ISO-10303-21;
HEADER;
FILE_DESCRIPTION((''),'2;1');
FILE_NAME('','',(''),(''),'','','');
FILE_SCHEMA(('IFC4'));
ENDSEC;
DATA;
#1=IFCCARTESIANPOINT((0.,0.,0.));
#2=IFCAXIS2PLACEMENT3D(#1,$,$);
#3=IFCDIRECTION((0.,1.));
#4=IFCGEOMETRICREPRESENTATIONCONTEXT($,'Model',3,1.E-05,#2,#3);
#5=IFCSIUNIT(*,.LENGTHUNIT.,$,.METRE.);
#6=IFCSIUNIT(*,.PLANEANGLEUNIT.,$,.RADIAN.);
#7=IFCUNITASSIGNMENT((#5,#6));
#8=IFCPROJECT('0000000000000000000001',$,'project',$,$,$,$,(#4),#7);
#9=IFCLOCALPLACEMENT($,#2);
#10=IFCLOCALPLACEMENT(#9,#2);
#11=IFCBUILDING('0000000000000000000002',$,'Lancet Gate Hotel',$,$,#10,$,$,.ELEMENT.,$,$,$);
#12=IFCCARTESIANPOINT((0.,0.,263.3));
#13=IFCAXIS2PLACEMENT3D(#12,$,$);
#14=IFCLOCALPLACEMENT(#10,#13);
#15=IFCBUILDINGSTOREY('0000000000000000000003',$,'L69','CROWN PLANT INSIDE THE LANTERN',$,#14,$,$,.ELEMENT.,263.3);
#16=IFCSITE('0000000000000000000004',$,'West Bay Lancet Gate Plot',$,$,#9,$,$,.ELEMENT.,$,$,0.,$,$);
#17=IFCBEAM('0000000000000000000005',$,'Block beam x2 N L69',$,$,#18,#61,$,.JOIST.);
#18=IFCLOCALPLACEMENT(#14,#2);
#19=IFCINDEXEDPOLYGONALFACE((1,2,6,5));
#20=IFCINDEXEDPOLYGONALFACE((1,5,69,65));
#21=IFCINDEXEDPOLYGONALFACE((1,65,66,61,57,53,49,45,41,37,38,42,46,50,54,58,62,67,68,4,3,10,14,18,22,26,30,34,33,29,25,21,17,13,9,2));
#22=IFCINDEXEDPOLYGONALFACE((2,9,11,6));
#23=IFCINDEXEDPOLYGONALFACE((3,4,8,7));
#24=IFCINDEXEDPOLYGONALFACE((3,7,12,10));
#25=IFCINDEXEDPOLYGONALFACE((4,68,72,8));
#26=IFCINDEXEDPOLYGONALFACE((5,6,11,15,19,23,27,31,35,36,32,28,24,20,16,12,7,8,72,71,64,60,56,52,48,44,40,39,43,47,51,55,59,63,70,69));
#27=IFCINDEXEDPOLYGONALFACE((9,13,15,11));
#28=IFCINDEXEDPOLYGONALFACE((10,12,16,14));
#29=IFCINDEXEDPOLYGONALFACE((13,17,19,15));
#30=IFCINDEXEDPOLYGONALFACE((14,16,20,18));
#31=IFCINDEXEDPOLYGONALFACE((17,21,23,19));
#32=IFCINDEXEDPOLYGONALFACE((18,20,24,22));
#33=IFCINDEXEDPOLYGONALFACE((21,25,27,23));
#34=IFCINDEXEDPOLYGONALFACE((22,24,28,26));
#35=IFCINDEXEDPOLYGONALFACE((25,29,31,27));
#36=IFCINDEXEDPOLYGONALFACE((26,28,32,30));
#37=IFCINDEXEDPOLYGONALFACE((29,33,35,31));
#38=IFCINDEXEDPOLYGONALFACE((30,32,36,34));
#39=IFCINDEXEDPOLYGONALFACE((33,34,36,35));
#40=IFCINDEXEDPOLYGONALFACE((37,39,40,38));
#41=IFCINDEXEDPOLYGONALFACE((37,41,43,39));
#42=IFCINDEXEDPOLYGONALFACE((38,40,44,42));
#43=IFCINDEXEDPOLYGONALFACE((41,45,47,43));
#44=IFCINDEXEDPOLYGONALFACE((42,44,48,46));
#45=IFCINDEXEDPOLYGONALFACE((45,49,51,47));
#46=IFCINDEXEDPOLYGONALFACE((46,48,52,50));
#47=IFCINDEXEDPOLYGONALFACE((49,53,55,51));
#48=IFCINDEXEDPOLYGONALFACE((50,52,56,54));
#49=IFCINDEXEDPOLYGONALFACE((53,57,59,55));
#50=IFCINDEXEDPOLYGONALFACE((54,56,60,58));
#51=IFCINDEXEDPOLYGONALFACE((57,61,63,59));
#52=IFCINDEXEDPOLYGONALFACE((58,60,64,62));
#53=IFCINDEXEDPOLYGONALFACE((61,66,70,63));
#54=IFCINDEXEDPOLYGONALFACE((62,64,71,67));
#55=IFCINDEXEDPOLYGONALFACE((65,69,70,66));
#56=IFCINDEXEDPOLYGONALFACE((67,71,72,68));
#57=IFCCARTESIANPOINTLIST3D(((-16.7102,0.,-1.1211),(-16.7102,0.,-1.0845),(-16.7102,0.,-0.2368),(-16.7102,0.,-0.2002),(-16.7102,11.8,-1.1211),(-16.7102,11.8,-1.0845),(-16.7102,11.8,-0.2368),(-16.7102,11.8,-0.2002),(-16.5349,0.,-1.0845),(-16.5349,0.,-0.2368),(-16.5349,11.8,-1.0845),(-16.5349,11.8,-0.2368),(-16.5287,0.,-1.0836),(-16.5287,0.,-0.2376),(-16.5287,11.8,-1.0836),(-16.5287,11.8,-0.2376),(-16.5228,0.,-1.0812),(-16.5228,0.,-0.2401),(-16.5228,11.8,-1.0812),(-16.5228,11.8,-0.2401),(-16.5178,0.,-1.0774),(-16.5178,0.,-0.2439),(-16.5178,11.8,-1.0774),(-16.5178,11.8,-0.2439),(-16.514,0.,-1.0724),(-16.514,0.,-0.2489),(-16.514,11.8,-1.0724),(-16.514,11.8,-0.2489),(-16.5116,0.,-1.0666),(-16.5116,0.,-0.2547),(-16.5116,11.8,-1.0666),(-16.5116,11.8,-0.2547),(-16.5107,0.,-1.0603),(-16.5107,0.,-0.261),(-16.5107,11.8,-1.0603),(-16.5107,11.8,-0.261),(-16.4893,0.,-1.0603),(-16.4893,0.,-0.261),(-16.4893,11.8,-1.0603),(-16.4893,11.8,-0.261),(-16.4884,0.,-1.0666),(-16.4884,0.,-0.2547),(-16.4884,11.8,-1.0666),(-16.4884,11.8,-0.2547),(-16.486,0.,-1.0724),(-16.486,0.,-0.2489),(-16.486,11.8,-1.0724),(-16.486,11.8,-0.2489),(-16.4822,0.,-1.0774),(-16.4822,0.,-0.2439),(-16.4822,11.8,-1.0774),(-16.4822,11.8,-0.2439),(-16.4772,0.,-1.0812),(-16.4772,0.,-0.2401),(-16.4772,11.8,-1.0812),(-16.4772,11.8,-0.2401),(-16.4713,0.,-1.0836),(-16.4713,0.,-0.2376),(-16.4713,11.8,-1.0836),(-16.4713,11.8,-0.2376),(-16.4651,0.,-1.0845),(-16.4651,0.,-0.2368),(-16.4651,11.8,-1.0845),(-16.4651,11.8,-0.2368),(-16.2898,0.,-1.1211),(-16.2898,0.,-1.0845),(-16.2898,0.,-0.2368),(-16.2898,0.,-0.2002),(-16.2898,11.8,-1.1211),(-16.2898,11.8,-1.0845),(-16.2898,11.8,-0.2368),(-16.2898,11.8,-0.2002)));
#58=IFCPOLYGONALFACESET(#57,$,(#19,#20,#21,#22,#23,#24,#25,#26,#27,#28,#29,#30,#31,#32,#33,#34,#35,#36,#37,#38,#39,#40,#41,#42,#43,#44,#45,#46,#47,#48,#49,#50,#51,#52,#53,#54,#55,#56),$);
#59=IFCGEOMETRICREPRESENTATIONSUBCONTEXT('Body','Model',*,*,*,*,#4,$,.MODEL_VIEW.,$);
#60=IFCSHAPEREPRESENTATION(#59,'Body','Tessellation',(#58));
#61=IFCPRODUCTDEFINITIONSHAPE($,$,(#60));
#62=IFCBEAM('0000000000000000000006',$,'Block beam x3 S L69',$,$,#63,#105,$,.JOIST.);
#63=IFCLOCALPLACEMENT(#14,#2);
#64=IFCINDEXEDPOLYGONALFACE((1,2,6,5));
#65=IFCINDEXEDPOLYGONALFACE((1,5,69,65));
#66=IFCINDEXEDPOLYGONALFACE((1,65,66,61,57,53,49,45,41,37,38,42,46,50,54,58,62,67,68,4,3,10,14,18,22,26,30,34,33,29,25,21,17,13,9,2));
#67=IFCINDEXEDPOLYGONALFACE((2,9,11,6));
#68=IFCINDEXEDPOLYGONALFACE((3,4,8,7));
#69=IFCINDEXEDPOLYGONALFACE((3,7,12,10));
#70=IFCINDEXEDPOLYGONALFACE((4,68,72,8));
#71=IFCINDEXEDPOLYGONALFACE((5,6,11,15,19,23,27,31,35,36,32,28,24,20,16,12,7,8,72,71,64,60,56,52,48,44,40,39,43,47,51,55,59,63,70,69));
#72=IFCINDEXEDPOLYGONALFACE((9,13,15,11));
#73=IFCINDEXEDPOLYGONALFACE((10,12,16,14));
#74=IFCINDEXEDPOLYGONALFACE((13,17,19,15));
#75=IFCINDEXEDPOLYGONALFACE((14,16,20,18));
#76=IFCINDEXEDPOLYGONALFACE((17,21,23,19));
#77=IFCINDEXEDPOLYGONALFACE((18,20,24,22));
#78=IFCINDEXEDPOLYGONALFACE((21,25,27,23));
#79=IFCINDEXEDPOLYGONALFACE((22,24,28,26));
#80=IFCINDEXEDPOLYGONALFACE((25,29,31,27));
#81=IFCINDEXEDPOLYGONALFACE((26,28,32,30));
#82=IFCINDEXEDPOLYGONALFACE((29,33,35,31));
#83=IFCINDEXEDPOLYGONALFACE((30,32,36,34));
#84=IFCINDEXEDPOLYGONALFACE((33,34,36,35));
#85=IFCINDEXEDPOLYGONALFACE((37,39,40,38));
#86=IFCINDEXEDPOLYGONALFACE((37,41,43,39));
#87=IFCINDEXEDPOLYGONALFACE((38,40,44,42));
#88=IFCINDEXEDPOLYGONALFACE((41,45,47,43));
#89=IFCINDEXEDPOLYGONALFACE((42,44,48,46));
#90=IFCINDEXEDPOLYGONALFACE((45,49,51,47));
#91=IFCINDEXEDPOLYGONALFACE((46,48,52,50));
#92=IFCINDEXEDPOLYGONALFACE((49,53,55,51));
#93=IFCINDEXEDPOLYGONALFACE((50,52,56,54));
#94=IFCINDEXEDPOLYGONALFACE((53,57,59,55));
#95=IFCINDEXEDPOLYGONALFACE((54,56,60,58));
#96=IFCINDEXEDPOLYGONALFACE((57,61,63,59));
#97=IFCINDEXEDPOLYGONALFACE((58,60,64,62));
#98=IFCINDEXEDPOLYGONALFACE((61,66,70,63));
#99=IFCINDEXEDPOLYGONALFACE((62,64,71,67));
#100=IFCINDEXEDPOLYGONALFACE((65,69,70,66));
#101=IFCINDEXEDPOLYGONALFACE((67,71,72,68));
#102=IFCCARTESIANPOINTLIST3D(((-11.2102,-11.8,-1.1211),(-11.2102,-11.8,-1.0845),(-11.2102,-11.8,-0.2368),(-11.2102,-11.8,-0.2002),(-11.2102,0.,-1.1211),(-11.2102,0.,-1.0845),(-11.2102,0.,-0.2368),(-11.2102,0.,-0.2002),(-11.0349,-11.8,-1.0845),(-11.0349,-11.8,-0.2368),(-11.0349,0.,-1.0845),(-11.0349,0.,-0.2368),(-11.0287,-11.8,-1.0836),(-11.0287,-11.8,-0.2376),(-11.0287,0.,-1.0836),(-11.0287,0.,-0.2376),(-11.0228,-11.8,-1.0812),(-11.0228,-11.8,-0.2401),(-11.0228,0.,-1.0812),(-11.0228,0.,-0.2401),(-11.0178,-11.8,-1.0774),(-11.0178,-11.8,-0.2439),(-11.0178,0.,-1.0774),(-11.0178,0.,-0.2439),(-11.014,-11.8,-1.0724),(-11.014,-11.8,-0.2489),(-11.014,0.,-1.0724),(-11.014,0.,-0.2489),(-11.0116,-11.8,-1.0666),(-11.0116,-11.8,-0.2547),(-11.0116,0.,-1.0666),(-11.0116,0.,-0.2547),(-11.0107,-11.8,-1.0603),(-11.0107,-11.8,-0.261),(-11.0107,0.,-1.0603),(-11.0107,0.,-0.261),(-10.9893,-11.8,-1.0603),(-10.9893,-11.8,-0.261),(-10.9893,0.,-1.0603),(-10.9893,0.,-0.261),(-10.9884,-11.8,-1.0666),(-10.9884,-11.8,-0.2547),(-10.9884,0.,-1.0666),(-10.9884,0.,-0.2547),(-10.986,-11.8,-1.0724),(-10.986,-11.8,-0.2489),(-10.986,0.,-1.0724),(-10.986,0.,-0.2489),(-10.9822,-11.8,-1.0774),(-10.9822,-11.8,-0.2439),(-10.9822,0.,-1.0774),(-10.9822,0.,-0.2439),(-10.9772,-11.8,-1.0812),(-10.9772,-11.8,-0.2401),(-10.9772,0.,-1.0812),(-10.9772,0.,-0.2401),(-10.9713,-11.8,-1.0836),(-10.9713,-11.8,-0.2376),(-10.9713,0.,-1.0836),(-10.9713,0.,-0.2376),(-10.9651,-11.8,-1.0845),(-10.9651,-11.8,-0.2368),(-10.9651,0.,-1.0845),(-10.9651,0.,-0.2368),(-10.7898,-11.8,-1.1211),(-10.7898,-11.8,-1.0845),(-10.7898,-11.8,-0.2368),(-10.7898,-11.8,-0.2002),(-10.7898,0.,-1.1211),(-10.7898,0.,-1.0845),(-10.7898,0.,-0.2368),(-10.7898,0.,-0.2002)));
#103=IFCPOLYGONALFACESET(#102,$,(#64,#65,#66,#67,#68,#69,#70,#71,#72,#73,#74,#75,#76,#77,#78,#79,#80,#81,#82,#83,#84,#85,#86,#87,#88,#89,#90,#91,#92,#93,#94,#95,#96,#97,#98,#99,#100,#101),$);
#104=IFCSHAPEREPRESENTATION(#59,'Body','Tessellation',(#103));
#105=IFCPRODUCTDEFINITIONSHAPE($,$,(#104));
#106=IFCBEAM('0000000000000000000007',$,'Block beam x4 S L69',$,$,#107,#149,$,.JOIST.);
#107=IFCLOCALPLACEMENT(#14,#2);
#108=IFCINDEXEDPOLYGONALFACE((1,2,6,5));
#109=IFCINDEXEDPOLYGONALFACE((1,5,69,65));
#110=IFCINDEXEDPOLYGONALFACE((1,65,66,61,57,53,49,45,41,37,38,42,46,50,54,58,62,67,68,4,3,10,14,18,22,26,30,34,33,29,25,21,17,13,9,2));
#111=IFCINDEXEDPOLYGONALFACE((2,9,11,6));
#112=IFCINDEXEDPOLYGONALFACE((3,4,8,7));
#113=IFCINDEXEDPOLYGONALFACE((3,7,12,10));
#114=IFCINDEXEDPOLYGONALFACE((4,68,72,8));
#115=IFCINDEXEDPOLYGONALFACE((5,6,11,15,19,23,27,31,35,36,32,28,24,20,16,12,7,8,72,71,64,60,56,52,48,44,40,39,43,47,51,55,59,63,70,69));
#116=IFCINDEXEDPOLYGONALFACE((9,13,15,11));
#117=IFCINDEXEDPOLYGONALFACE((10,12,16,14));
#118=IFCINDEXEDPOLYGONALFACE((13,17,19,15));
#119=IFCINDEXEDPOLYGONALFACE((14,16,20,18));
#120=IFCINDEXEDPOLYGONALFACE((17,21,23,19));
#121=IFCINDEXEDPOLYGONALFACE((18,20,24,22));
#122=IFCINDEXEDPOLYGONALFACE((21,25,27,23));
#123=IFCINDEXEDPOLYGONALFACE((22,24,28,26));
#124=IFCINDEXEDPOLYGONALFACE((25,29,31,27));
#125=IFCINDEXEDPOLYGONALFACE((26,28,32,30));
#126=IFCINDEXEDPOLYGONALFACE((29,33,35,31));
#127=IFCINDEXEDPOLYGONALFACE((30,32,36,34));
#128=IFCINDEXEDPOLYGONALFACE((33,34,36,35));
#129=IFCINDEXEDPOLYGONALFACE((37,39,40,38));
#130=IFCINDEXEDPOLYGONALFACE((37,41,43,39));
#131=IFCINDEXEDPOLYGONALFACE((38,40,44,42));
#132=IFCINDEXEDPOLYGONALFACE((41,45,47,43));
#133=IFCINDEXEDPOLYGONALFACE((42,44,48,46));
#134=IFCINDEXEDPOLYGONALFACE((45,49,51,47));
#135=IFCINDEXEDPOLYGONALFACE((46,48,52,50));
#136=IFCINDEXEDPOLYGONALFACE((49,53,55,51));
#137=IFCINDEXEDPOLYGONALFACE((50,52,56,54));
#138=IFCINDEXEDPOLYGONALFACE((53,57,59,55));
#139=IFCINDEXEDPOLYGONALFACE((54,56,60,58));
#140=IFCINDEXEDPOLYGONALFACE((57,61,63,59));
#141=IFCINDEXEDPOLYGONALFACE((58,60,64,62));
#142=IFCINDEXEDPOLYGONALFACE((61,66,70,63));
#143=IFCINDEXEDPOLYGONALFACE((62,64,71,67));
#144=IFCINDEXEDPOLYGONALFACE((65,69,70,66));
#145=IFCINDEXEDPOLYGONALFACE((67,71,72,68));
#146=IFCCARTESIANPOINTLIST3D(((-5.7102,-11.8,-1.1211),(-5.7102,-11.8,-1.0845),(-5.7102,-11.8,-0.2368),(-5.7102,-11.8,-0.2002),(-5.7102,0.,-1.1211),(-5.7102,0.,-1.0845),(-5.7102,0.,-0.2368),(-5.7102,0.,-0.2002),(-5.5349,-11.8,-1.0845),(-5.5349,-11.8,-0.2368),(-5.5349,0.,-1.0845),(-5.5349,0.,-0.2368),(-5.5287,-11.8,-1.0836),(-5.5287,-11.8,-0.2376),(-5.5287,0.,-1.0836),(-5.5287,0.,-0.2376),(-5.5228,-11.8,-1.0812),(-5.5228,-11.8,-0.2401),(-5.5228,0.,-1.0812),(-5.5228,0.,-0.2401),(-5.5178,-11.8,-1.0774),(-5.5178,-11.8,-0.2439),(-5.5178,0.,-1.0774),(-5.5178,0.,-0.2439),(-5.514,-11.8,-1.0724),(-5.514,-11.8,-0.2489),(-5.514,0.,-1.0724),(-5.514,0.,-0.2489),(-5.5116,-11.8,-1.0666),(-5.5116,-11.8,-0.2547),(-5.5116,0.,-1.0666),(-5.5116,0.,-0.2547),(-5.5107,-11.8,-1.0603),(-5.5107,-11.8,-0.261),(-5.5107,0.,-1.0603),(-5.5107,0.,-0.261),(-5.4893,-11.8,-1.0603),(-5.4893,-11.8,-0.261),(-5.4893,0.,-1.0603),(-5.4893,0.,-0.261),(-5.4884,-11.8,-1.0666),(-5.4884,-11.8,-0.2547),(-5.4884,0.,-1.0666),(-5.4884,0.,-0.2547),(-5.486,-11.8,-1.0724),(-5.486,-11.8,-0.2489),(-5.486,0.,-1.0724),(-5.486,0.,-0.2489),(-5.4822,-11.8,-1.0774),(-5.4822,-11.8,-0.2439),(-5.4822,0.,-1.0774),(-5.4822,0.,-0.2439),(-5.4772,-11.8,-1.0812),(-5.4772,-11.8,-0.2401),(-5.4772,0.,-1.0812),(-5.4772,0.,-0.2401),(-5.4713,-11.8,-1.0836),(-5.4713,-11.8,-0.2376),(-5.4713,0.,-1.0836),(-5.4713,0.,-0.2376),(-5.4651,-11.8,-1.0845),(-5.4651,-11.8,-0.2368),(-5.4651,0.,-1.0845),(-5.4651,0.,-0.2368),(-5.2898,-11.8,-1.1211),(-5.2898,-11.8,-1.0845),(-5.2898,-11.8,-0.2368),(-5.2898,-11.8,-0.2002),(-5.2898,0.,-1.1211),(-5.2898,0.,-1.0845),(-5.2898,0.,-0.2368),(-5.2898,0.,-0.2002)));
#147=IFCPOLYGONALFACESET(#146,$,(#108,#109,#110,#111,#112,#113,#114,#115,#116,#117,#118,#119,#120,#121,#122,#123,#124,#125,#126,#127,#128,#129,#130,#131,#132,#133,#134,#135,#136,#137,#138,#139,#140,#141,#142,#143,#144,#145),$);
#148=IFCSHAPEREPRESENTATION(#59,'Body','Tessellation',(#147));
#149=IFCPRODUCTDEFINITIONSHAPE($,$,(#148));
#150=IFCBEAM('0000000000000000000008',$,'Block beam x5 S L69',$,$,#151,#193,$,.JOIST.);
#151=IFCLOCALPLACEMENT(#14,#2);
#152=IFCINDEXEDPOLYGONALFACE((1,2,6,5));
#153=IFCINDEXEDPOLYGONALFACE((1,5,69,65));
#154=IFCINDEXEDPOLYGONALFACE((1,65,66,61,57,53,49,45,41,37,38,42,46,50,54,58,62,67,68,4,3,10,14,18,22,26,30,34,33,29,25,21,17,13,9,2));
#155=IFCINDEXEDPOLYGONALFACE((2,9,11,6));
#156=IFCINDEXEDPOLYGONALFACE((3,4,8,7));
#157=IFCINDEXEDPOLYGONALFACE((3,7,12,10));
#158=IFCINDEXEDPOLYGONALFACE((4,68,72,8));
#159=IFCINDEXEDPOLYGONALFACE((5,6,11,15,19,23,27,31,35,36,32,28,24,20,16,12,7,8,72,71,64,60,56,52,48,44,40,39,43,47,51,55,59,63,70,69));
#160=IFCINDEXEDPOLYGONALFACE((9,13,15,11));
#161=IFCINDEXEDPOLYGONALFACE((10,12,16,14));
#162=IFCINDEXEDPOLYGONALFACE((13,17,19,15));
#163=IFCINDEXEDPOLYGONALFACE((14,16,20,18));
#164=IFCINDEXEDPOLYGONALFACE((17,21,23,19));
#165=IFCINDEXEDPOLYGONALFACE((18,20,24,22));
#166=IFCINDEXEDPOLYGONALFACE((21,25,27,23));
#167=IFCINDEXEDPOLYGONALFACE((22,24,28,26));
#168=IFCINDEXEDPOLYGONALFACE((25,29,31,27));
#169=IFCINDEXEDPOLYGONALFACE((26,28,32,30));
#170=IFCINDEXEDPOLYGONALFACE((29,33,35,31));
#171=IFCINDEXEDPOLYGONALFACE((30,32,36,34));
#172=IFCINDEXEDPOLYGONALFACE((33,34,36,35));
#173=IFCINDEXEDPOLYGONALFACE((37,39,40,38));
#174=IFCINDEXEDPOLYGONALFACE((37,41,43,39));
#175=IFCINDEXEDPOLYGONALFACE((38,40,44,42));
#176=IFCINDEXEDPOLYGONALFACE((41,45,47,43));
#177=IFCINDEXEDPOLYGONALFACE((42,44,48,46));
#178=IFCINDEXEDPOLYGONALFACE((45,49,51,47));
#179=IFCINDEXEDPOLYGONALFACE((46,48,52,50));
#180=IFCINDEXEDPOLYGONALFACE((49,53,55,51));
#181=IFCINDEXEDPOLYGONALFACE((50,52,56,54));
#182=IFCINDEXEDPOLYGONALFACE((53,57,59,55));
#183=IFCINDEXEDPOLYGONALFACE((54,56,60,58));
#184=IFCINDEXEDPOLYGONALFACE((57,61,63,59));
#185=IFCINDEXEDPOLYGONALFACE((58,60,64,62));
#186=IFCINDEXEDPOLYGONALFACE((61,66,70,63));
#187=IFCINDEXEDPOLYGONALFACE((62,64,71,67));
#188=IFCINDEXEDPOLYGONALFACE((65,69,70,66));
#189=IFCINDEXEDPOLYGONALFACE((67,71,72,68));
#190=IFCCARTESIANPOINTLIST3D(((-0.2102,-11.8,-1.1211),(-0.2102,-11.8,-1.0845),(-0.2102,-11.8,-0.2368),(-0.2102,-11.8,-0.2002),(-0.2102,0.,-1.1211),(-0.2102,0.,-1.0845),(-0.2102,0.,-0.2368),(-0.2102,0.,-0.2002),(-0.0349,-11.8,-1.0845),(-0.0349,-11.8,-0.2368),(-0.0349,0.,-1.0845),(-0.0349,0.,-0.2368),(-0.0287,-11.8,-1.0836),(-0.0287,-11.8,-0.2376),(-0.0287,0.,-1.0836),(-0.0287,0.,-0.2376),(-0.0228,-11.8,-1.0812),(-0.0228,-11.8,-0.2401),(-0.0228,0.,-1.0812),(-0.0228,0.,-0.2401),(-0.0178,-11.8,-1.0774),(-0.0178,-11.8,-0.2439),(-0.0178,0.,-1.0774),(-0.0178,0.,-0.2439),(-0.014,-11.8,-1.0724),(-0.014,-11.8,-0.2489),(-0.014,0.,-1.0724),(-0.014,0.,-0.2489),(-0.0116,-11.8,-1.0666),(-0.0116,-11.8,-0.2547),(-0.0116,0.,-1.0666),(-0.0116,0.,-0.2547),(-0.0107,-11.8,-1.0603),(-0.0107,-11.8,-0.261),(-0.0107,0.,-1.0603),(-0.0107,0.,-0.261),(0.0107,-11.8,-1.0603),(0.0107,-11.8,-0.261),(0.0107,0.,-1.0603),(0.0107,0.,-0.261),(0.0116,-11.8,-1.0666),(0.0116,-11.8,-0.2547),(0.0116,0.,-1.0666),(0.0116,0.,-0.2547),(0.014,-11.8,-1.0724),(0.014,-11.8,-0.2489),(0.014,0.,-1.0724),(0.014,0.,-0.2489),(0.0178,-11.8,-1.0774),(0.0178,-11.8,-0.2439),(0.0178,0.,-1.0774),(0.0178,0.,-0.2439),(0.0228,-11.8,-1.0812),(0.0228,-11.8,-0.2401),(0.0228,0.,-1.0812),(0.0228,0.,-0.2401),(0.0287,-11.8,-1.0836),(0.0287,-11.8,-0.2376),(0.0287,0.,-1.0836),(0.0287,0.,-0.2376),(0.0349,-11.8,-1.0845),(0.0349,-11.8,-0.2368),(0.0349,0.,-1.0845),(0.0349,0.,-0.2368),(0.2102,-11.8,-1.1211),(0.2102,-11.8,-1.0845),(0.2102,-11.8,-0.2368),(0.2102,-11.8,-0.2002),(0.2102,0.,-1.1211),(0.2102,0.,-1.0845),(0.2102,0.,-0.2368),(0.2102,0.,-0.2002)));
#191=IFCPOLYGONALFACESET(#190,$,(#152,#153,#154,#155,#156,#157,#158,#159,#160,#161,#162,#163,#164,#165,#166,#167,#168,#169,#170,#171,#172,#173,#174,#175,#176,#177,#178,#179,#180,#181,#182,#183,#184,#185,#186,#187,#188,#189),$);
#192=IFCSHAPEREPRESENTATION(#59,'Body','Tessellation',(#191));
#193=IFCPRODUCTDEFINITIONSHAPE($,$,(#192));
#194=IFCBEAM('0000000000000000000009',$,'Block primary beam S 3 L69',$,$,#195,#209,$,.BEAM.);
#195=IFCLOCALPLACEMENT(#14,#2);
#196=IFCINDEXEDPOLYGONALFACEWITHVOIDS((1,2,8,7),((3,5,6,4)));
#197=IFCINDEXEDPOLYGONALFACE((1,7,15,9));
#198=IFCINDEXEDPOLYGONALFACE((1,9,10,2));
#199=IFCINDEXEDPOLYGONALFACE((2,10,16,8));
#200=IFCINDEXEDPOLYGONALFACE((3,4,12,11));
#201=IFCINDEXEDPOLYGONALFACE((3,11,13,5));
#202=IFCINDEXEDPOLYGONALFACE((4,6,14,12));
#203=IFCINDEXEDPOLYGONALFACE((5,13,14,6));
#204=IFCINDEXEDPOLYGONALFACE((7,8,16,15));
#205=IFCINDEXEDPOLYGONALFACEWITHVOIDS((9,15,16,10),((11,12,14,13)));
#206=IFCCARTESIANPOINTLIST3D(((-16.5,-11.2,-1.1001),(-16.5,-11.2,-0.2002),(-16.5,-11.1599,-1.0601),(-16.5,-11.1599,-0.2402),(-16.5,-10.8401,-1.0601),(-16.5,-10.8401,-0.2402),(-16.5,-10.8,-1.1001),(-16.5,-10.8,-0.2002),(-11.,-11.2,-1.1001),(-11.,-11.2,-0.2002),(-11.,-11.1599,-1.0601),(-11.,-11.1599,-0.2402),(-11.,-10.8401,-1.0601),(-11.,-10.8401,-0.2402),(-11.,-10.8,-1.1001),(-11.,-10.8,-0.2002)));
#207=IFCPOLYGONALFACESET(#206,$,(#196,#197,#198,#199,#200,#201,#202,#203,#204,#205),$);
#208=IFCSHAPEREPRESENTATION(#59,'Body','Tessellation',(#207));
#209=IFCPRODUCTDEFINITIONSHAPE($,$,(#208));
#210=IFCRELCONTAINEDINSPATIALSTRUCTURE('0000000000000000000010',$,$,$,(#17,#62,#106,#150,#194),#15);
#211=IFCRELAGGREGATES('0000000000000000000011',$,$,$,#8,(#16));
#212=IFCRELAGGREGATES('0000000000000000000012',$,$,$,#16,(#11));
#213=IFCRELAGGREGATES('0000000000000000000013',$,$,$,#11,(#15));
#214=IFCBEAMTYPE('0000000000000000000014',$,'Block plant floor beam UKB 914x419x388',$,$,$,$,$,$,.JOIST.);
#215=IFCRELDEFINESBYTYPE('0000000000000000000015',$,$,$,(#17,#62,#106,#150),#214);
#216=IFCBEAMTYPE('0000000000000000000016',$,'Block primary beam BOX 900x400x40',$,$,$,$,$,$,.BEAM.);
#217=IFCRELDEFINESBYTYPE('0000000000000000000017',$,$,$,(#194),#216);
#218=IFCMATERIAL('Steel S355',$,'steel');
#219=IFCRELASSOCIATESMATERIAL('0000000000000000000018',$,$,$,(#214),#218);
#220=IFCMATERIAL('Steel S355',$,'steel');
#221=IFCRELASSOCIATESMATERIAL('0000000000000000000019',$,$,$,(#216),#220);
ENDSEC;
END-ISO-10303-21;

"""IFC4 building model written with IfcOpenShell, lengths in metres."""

from ifc_helpers import new_model, si_unit, direction, frame, origin, origin_2d, place, context, subcontext, project, spatial, hollow_rectangle, i_section, extrude, material, material_profile, profile_set, type_object, element, save


model = new_model("IFC4")

# Units and contexts
model_context = context("Model", 3, precision=1e-05, world=origin(), true_north=direction((0.0, 1.0)))
body_context = subcontext(model_context, "Body", "Model", "MODEL_VIEW")
ifc_project = project(units=[si_unit("LENGTHUNIT", "METRE"), si_unit("PLANEANGLEUNIT", "RADIAN")], contexts=[model_context])

# Site, building, storey
site_placement = place(None, origin())
site = spatial("IfcSite", under=ifc_project, at=site_placement, Name="West Bay Lancet Gate Plot", CompositionType="ELEMENT", RefElevation=0.0)
building_placement = place(site_placement, origin())
building = spatial("IfcBuilding", under=site, at=building_placement, Name="Lancet Gate Hotel", CompositionType="ELEMENT")
storey_placement = place(building_placement, frame((0.0, 0.0, 263.3)))
storey = spatial("IfcBuildingStorey", under=building, at=storey_placement, Name="L69", Description="CROWN PLANT INSIDE THE LANTERN", CompositionType="ELEMENT", Elevation=263.3)

# Beams
ifc_material_1 = material(Name="Steel S355", Category="steel")
ifc_material_profile_1 = material_profile(ifc_material_1, i_section(OverallWidth=0.4204, OverallDepth=0.9209, WebThickness=0.0215, FlangeThickness=0.0366, FilletRadius=0.0242, at=origin_2d()), Name="UKB 914x419x388")
ifc_profile_set_1 = profile_set([ifc_material_profile_1], Name="Steel S355")
beam_type_1 = type_object("IfcBeamType", Name="Block plant floor beam UKB 914x419x388", PredefinedType="JOIST", material=ifc_profile_set_1)
for number, where, z_axis, x_axis, name in (
    (1, (-16.5, 0.0, -0.6606), (0.0, 1.0, 0.0), (-1.0, 0.0, 0.0), "Block beam x2 N L69"),
    (2, (-11.0, -11.8, -0.6606), (0.0, 1.0, 0.0), (-1.0, 0.0, 0.0), "Block beam x3 S L69"),
    (3, (-5.5, -11.8, -0.6606), (0.0, 1.0, 0.0), (-1.0, 0.0, 0.0), "Block beam x4 S L69"),
    (4, (0.0, -11.8, -0.6606), (0.0, 1.0, 0.0), (-1.0, 0.0, 0.0), "Block beam x5 S L69"),
):
    element("IfcBeam", number, at=place(storey_placement, frame(where, z_axis=z_axis, x_axis=x_axis)), inside=storey, type_object=beam_type_1, Name=name, PredefinedType="JOIST", context=body_context, shape_type="SweptSolid", body=[
        extrude(i_section(OverallWidth=0.4204, OverallDepth=0.9209, WebThickness=0.0215, FlangeThickness=0.0366, FilletRadius=0.0242, at=origin_2d()), origin(), (0.0, 0.0, 1.0), 11.8),
    ])
ifc_material_2 = material(Name="Steel S355", Category="steel")
ifc_material_profile_2 = material_profile(ifc_material_2, hollow_rectangle(XDim=0.3999, YDim=0.8999, WallThickness=0.04, at=origin_2d()), Name="BOX 900x400x40")
ifc_profile_set_2 = profile_set([ifc_material_profile_2], Name="Steel S355")
beam_type_2 = type_object("IfcBeamType", Name="Block primary beam BOX 900x400x40", PredefinedType="BEAM", material=ifc_profile_set_2)
for number, where, z_axis, x_axis, name in (
    (5, (-16.5, -11.0, -0.6501), (1.0, 0.0, 0.0), (0.0, 1.0, 0.0), "Block primary beam S 3 L69"),
):
    element("IfcBeam", number, at=place(storey_placement, frame(where, z_axis=z_axis, x_axis=x_axis)), inside=storey, type_object=beam_type_2, Name=name, PredefinedType="BEAM", context=body_context, shape_type="SweptSolid", body=[
        extrude(hollow_rectangle(XDim=0.3999, YDim=0.8999, WallThickness=0.04, at=origin_2d()), origin(), (0.0, 0.0, 1.0), 5.5),
    ])

save(model, "model.ifc")
